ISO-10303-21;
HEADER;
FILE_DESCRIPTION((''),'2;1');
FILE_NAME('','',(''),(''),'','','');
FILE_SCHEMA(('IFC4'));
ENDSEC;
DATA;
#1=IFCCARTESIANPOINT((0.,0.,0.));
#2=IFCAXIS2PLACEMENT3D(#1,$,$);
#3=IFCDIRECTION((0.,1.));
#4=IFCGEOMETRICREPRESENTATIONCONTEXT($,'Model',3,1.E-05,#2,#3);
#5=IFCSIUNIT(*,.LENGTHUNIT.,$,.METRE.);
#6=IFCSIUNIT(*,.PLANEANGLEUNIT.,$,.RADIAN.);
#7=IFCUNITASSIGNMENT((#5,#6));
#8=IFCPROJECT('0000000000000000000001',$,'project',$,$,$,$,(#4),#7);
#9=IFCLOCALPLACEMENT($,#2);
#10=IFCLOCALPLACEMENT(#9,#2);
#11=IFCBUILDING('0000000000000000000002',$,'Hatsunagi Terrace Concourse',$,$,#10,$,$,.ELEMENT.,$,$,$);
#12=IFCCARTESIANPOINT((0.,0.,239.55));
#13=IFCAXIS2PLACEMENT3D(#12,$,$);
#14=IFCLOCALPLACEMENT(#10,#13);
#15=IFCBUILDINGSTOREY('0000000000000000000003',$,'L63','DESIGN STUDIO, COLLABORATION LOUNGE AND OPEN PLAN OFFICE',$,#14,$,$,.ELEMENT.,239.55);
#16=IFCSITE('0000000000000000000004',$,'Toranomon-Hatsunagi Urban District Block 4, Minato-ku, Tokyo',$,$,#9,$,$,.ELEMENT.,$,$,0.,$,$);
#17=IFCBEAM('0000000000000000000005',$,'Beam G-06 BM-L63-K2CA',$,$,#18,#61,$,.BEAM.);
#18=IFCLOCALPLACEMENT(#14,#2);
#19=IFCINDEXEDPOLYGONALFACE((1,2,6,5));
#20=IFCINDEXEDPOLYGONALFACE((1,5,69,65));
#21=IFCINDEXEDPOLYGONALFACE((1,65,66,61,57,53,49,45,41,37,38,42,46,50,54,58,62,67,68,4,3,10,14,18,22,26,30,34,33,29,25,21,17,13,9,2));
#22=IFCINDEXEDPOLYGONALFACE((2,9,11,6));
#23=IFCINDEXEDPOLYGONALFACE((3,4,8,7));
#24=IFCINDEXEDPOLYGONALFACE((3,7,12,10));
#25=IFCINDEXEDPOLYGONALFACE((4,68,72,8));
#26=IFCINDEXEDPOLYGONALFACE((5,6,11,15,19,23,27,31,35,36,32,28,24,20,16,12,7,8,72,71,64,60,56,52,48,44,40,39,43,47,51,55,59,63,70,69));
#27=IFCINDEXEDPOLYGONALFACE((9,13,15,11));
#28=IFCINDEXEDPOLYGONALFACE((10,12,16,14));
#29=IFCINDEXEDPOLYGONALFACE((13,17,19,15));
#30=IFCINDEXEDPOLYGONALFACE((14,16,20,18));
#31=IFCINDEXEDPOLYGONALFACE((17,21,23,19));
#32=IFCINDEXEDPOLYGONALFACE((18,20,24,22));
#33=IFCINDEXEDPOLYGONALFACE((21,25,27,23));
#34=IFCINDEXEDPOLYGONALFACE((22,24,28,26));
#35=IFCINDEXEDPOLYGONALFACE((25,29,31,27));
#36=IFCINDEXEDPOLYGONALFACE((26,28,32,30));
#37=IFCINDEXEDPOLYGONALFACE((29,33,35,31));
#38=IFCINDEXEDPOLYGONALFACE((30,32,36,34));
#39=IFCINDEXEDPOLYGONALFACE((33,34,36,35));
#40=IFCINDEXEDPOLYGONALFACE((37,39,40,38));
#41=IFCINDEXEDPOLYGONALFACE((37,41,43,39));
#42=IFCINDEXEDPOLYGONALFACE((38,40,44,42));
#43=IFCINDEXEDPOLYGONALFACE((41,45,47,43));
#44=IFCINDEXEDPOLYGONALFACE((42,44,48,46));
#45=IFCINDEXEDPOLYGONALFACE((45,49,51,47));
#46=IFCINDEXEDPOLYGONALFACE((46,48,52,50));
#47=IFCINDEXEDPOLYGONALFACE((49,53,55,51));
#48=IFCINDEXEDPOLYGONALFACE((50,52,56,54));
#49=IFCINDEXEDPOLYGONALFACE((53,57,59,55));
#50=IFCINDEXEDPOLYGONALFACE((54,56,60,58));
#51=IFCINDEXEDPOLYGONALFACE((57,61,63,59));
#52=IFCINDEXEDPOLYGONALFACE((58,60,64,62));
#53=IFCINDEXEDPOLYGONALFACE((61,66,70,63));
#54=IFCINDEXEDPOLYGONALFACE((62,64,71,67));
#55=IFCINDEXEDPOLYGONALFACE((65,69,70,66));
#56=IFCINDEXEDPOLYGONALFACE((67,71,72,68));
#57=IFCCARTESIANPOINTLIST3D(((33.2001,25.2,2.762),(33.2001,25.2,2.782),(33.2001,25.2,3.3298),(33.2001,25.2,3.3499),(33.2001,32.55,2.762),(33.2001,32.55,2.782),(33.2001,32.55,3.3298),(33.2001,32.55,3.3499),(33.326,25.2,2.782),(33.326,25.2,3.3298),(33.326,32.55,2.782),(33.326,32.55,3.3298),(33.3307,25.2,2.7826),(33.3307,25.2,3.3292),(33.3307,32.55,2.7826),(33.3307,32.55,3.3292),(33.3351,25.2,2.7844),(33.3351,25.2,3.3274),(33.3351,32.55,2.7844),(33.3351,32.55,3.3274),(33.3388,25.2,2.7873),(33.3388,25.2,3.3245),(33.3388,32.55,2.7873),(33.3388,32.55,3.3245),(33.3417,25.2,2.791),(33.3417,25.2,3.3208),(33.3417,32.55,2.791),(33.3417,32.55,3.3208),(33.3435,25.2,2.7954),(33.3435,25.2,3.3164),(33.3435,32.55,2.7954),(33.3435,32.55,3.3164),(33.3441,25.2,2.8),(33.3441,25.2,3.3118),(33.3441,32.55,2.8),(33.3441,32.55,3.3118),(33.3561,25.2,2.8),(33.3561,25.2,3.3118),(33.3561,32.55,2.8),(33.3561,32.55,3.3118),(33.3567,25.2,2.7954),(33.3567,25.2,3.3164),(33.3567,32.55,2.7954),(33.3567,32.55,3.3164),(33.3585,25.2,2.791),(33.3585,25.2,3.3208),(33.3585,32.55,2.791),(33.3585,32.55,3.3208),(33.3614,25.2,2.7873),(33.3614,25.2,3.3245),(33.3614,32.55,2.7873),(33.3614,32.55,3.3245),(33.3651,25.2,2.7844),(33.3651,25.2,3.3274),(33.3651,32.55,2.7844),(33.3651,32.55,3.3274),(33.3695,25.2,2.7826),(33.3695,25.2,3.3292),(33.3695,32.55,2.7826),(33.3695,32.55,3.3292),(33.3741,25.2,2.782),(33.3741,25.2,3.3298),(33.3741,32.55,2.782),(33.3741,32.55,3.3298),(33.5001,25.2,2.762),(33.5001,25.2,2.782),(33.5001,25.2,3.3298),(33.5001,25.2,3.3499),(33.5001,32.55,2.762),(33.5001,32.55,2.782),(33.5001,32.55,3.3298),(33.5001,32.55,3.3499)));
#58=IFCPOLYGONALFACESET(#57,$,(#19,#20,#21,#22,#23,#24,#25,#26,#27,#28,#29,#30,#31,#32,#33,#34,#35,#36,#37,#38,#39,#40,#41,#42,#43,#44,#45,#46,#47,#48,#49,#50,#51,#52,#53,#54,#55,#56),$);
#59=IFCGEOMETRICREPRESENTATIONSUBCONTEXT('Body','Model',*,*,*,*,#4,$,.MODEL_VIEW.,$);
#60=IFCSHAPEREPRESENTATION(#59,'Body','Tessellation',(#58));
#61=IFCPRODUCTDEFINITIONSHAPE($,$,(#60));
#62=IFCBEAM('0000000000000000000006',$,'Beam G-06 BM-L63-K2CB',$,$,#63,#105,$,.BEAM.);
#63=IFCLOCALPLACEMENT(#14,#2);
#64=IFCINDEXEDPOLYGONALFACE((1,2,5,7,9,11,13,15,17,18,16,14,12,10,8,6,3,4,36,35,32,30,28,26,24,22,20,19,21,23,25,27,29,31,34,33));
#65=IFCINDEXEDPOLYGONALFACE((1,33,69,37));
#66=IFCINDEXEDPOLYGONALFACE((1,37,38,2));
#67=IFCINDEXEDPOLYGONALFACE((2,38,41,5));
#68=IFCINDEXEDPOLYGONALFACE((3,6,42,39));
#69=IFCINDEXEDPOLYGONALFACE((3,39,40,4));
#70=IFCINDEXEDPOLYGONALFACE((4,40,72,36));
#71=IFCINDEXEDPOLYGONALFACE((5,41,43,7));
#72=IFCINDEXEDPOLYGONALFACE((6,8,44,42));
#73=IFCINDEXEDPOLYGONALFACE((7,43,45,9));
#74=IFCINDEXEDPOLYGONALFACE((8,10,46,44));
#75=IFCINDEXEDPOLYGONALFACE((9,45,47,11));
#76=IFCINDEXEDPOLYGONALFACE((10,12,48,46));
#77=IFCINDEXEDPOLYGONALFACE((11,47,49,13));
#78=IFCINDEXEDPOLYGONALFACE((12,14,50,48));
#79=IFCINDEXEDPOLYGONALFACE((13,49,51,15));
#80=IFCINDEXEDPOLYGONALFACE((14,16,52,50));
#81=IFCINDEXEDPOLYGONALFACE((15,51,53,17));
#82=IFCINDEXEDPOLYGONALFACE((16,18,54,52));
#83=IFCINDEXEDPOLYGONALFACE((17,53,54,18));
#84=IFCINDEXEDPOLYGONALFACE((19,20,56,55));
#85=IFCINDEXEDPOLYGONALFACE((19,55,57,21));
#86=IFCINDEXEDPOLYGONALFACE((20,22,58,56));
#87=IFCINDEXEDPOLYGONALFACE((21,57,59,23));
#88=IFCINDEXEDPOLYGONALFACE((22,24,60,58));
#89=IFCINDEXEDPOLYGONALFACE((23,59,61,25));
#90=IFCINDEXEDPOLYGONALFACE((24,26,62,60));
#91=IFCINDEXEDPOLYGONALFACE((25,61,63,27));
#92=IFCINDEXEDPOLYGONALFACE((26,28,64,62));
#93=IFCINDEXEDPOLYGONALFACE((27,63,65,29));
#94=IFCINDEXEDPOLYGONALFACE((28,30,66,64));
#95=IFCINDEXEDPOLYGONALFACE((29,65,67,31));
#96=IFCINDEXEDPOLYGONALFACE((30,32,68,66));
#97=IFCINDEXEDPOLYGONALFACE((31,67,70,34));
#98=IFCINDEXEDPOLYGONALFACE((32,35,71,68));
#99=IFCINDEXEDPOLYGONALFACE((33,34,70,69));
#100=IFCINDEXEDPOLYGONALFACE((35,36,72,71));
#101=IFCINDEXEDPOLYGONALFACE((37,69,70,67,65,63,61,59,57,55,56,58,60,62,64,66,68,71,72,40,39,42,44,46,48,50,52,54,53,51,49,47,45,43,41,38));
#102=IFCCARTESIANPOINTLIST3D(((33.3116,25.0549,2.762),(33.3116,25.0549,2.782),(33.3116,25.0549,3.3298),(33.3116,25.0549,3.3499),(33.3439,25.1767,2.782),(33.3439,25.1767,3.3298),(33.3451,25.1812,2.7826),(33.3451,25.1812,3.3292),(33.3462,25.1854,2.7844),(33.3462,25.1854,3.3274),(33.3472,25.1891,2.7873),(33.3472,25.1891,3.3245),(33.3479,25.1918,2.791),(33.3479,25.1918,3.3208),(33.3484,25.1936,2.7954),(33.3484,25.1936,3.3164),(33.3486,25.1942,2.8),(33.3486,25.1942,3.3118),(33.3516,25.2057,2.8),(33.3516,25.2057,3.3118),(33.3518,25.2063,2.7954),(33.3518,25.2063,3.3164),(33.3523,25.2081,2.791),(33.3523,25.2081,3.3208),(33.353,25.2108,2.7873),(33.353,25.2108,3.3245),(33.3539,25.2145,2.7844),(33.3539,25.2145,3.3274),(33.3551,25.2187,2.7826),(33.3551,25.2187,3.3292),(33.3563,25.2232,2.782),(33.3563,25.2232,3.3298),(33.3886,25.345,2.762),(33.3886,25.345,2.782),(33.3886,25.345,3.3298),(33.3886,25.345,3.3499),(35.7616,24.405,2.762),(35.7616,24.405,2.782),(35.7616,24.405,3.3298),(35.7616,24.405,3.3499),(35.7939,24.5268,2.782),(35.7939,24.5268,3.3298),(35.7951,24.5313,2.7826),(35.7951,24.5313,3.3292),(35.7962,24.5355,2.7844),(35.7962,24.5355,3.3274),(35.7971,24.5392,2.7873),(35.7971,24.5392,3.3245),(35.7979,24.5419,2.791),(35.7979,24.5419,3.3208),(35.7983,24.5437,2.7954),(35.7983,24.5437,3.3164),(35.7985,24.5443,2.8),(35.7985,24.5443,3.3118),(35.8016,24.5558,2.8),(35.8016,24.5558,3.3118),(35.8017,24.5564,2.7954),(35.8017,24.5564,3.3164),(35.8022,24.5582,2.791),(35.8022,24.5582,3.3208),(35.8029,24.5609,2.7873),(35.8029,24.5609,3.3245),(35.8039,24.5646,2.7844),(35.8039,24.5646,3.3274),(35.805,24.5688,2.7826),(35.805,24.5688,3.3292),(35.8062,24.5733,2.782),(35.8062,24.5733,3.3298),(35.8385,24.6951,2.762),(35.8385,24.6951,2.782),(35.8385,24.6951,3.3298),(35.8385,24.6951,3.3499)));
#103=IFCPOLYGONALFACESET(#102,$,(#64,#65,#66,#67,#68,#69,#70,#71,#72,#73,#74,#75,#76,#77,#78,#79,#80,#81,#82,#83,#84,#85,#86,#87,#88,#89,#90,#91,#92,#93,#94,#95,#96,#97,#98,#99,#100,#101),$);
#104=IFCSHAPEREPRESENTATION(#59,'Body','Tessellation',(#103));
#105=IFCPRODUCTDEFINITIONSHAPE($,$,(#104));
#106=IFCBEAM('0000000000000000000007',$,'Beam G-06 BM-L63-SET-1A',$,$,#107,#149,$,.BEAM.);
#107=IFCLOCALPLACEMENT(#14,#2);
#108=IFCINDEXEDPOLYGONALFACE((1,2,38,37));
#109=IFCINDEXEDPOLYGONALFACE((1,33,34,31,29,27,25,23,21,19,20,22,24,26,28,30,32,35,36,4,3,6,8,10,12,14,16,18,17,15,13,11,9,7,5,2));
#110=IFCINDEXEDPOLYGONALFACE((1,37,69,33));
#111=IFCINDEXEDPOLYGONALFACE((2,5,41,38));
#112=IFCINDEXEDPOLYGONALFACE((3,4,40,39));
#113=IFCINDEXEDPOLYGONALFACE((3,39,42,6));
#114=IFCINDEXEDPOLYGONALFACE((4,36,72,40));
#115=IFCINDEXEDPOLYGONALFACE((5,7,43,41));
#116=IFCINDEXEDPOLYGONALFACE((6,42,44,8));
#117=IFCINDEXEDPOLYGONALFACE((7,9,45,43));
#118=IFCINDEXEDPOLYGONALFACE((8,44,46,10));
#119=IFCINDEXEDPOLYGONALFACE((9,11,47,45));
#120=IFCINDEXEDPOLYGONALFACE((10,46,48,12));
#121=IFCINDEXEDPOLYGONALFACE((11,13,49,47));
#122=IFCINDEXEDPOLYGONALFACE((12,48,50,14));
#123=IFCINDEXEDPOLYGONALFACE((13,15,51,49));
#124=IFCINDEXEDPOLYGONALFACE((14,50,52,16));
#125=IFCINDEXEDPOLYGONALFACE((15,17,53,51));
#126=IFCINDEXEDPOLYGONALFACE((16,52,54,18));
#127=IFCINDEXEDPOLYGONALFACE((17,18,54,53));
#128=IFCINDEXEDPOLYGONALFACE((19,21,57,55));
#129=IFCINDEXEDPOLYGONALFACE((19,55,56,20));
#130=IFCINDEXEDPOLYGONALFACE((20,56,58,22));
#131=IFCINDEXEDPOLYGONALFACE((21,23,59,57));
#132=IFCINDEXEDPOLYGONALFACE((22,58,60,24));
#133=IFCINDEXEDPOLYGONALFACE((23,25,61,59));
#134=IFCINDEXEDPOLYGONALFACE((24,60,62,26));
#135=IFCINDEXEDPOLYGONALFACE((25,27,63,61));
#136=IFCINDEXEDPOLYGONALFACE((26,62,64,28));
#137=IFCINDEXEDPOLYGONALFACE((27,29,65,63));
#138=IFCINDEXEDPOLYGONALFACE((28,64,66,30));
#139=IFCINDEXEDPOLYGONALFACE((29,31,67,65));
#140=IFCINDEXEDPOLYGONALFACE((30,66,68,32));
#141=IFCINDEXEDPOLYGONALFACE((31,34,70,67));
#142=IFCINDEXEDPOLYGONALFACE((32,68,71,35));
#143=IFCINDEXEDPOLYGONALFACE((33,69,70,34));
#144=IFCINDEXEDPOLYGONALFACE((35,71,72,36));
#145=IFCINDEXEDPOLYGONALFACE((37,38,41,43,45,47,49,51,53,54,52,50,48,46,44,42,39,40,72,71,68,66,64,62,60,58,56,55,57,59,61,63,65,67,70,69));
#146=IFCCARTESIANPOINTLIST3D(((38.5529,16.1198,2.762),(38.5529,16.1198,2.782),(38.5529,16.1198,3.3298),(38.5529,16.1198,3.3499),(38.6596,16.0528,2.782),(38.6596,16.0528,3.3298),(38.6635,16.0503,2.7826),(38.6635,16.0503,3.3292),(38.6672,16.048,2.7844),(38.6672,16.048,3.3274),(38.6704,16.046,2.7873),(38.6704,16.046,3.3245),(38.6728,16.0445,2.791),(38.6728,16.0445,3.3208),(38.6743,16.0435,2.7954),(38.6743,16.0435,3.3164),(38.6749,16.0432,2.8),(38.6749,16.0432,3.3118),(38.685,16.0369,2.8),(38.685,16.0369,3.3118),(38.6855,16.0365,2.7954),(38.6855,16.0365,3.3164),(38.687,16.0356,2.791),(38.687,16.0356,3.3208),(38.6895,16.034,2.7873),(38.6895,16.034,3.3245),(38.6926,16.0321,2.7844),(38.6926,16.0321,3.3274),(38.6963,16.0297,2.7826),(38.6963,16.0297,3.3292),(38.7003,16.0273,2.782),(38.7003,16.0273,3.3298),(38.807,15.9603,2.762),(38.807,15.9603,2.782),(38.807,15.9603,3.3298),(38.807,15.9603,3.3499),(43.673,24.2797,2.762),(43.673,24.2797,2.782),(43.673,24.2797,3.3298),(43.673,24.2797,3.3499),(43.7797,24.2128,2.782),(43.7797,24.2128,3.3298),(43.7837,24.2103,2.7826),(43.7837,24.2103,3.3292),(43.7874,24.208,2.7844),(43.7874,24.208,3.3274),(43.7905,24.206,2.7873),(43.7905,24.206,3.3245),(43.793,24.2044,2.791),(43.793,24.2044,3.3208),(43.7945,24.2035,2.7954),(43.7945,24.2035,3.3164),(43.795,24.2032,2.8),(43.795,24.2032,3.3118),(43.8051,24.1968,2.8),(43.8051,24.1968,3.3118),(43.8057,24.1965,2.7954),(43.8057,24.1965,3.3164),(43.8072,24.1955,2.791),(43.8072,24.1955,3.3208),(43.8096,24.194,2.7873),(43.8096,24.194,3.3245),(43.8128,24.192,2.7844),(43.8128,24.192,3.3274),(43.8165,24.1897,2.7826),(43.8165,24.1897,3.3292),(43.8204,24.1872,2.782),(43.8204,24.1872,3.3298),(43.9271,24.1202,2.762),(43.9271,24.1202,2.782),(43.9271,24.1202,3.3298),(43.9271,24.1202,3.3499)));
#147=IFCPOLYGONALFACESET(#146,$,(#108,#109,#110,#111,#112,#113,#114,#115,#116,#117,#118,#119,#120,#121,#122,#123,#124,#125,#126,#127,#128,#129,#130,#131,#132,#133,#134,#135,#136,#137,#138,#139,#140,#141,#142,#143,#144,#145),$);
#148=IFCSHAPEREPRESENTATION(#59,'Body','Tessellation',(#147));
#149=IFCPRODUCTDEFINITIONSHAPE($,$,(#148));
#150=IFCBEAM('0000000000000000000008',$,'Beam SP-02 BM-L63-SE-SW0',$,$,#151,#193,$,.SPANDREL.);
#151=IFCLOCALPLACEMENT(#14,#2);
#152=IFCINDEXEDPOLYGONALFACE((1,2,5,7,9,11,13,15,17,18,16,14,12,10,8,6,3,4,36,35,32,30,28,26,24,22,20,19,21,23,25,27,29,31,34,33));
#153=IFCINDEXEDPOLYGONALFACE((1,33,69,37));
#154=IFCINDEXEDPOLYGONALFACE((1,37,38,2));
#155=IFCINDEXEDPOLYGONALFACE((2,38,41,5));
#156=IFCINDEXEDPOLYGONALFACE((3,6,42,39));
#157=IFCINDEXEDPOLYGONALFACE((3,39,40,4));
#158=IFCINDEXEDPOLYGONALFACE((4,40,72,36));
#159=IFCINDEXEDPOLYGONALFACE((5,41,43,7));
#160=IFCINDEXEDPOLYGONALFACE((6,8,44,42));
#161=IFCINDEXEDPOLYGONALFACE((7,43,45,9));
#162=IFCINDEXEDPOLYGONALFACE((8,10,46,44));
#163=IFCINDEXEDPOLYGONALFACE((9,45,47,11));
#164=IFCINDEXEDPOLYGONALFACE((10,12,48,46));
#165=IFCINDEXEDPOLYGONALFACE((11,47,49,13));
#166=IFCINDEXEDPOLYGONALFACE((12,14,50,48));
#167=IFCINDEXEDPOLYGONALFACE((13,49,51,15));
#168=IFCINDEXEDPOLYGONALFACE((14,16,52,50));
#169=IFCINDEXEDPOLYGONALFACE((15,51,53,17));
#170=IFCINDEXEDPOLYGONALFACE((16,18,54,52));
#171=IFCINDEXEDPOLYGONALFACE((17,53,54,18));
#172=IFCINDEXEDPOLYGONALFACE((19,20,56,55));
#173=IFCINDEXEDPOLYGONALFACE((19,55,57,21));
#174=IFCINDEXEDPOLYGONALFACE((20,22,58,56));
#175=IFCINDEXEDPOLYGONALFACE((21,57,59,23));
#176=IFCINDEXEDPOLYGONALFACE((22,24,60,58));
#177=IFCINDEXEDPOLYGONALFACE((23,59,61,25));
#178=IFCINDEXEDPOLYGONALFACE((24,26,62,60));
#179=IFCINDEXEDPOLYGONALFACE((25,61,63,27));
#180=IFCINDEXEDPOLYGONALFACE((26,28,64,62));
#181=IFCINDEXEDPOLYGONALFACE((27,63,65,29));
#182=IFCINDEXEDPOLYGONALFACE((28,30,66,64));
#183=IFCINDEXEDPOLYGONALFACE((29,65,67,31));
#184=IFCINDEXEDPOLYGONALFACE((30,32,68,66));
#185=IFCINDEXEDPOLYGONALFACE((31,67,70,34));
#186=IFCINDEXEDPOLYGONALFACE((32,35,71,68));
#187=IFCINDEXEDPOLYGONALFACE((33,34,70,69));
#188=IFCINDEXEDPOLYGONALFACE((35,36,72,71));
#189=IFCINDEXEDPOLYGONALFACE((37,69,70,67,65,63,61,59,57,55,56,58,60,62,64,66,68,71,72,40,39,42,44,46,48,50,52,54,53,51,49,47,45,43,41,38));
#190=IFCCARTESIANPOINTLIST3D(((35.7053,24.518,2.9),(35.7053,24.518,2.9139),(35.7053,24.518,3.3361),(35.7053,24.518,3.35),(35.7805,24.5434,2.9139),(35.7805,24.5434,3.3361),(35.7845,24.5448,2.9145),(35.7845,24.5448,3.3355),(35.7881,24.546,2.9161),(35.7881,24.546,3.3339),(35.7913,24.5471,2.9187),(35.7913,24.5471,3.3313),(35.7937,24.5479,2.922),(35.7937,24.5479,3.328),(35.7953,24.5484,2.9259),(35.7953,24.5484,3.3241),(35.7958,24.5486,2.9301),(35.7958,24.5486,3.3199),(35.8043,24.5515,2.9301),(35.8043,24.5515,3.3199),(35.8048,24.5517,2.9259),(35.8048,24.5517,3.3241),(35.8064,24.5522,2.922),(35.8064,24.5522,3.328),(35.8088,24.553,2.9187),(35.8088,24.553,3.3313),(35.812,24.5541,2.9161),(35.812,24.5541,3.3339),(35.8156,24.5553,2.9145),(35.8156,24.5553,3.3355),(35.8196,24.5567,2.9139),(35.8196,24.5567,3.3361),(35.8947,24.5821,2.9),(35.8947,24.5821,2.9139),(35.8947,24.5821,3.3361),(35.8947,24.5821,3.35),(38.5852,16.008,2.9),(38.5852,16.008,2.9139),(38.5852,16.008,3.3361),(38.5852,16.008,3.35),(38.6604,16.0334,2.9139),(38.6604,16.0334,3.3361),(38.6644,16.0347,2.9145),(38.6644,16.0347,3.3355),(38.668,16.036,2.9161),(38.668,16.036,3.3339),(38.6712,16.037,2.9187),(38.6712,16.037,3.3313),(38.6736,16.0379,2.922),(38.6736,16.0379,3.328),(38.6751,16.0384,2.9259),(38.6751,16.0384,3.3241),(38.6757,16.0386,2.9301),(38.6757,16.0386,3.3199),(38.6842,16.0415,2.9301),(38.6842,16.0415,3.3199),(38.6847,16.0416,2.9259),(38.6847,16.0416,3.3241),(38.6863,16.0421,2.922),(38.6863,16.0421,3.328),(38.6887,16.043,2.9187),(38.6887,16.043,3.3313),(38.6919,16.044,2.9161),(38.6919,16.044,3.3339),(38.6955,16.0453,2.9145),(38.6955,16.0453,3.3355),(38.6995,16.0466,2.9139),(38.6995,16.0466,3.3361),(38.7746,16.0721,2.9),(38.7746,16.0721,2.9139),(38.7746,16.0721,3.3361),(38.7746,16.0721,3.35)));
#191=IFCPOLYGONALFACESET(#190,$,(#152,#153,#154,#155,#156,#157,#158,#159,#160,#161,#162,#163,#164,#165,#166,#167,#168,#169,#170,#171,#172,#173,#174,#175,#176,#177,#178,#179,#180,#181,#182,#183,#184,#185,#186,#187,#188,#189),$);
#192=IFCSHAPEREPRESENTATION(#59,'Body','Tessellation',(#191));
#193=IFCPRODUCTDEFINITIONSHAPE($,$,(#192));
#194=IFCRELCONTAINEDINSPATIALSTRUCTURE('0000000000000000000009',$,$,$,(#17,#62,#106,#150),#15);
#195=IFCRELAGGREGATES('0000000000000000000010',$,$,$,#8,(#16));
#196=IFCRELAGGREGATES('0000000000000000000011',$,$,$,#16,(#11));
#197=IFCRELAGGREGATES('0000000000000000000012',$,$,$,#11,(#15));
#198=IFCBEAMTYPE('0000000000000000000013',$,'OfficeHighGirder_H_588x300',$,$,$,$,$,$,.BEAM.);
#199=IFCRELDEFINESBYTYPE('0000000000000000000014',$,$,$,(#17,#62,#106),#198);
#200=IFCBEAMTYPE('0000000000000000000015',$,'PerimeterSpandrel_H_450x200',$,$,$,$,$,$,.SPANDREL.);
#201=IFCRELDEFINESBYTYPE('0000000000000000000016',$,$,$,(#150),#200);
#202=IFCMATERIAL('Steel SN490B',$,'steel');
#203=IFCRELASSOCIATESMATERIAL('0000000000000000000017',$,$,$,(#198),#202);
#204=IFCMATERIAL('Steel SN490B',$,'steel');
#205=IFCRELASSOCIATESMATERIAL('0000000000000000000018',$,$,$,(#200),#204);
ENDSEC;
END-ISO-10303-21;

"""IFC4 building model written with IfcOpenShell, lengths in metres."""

from ifc_helpers import new_model, si_unit, direction, frame, origin, origin_2d, place, context, subcontext, project, spatial, i_section, extrude, material, material_profile, profile_set, type_object, element, save


model = new_model("IFC4")

# Units and contexts
model_context = context("Model", 3, precision=1e-05, world=origin(), true_north=direction((0.0, 1.0)))
body_context = subcontext(model_context, "Body", "Model", "MODEL_VIEW")
ifc_project = project(units=[si_unit("LENGTHUNIT", "METRE"), si_unit("PLANEANGLEUNIT", "RADIAN")], contexts=[model_context])

# Site, building, storey
site_placement = place(None, origin())
site = spatial("IfcSite", under=ifc_project, at=site_placement, Name="Toranomon-Hatsunagi Urban District Block 4, Minato-ku, Tokyo", CompositionType="ELEMENT", RefElevation=0.0)
building_placement = place(site_placement, origin())
building = spatial("IfcBuilding", under=site, at=building_placement, Name="Hatsunagi Terrace Concourse", CompositionType="ELEMENT")
storey_placement = place(building_placement, frame((0.0, 0.0, 239.55)))
storey = spatial("IfcBuildingStorey", under=building, at=storey_placement, Name="L63", Description="DESIGN STUDIO, COLLABORATION LOUNGE AND OPEN PLAN OFFICE", CompositionType="ELEMENT", Elevation=239.55)

# Beams
ifc_material_1 = material(Name="Steel SN490B", Category="steel")
ifc_material_profile_1 = material_profile(ifc_material_1, i_section(OverallWidth=0.3, OverallDepth=0.5879, WebThickness=0.012, FlangeThickness=0.02, FilletRadius=0.0181, at=origin_2d()), Name="H-588x300x12x20")
ifc_profile_set_1 = profile_set([ifc_material_profile_1], Name="Steel SN490B")
beam_type_1 = type_object("IfcBeamType", Name="OfficeHighGirder_H_588x300", PredefinedType="BEAM", material=ifc_profile_set_1)
beam_1_placement = place(storey_placement, frame((33.3501, 25.2, 3.0559), z_axis=(0.0, 1.0, 0.0), x_axis=(-1.0, 0.0, 0.0)))
element("IfcBeam", 1, at=beam_1_placement, inside=storey, type_object=beam_type_1, Name="Beam G-06 BM-L63-K2CA", PredefinedType="BEAM", context=body_context, shape_type="SweptSolid", body=[
    extrude(i_section(OverallWidth=0.3, OverallDepth=0.5879, WebThickness=0.012, FlangeThickness=0.02, FilletRadius=0.0181, at=origin_2d()), origin(), (0.0, 0.0, 1.0), 7.3501),
])
beam_2_placement = place(storey_placement, frame((33.3501, 25.2, 3.0559), z_axis=(0.96657, -0.256403, 0.0), x_axis=(0.256403, 0.96657, 0.0)))
element("IfcBeam", 2, at=beam_2_placement, inside=storey, type_object=beam_type_1, Name="Beam G-06 BM-L63-K2CB", PredefinedType="BEAM", context=body_context, shape_type="SweptSolid", body=[
    extrude(i_section(OverallWidth=0.3, OverallDepth=0.5879, WebThickness=0.012, FlangeThickness=0.02, FilletRadius=0.0181, at=origin_2d()), origin(), (0.0, 0.0, 1.0), 2.5347),
])
beam_3_placement = place(storey_placement, frame((38.6799, 16.04, 3.0559), z_axis=(0.531504, 0.847056, 0.0), x_axis=(-0.847056, 0.531504, 0.0)))
element("IfcBeam", 3, at=beam_3_placement, inside=storey, type_object=beam_type_1, Name="Beam G-06 BM-L63-SET-1A", PredefinedType="BEAM", context=body_context, shape_type="SweptSolid", body=[
    extrude(i_section(OverallWidth=0.3, OverallDepth=0.5879, WebThickness=0.012, FlangeThickness=0.02, FilletRadius=0.0181, at=origin_2d()), origin(), (0.0, 0.0, 1.0), 9.6333),
])
ifc_material_2 = material(Name="Steel SN490B", Category="steel")
ifc_material_profile_2 = material_profile(ifc_material_2, i_section(OverallWidth=0.2, OverallDepth=0.45, WebThickness=0.009, FlangeThickness=0.0139, FilletRadius=0.0161, at=origin_2d()), Name="H-450x200x9x14")
ifc_profile_set_2 = profile_set([ifc_material_profile_2], Name="Steel SN490B")
beam_type_2 = type_object("IfcBeamType", Name="PerimeterSpandrel_H_450x200", PredefinedType="SPANDREL", material=ifc_profile_set_2)
beam_4_placement = place(storey_placement, frame((35.8, 24.55, 3.125), z_axis=(0.320553, -0.94723, 0.0), x_axis=(0.94723, 0.320553, 0.0)))
element("IfcBeam", 4, at=beam_4_placement, inside=storey, type_object=beam_type_2, Name="Beam SP-02 BM-L63-SE-SW0", PredefinedType="SPANDREL", context=body_context, shape_type="SweptSolid", body=[
    extrude(i_section(OverallWidth=0.2, OverallDepth=0.45, WebThickness=0.009, FlangeThickness=0.0139, FilletRadius=0.0161, at=origin_2d()), origin(), (0.0, 0.0, 1.0), 8.9841),
])

save(model, "model.ifc")
